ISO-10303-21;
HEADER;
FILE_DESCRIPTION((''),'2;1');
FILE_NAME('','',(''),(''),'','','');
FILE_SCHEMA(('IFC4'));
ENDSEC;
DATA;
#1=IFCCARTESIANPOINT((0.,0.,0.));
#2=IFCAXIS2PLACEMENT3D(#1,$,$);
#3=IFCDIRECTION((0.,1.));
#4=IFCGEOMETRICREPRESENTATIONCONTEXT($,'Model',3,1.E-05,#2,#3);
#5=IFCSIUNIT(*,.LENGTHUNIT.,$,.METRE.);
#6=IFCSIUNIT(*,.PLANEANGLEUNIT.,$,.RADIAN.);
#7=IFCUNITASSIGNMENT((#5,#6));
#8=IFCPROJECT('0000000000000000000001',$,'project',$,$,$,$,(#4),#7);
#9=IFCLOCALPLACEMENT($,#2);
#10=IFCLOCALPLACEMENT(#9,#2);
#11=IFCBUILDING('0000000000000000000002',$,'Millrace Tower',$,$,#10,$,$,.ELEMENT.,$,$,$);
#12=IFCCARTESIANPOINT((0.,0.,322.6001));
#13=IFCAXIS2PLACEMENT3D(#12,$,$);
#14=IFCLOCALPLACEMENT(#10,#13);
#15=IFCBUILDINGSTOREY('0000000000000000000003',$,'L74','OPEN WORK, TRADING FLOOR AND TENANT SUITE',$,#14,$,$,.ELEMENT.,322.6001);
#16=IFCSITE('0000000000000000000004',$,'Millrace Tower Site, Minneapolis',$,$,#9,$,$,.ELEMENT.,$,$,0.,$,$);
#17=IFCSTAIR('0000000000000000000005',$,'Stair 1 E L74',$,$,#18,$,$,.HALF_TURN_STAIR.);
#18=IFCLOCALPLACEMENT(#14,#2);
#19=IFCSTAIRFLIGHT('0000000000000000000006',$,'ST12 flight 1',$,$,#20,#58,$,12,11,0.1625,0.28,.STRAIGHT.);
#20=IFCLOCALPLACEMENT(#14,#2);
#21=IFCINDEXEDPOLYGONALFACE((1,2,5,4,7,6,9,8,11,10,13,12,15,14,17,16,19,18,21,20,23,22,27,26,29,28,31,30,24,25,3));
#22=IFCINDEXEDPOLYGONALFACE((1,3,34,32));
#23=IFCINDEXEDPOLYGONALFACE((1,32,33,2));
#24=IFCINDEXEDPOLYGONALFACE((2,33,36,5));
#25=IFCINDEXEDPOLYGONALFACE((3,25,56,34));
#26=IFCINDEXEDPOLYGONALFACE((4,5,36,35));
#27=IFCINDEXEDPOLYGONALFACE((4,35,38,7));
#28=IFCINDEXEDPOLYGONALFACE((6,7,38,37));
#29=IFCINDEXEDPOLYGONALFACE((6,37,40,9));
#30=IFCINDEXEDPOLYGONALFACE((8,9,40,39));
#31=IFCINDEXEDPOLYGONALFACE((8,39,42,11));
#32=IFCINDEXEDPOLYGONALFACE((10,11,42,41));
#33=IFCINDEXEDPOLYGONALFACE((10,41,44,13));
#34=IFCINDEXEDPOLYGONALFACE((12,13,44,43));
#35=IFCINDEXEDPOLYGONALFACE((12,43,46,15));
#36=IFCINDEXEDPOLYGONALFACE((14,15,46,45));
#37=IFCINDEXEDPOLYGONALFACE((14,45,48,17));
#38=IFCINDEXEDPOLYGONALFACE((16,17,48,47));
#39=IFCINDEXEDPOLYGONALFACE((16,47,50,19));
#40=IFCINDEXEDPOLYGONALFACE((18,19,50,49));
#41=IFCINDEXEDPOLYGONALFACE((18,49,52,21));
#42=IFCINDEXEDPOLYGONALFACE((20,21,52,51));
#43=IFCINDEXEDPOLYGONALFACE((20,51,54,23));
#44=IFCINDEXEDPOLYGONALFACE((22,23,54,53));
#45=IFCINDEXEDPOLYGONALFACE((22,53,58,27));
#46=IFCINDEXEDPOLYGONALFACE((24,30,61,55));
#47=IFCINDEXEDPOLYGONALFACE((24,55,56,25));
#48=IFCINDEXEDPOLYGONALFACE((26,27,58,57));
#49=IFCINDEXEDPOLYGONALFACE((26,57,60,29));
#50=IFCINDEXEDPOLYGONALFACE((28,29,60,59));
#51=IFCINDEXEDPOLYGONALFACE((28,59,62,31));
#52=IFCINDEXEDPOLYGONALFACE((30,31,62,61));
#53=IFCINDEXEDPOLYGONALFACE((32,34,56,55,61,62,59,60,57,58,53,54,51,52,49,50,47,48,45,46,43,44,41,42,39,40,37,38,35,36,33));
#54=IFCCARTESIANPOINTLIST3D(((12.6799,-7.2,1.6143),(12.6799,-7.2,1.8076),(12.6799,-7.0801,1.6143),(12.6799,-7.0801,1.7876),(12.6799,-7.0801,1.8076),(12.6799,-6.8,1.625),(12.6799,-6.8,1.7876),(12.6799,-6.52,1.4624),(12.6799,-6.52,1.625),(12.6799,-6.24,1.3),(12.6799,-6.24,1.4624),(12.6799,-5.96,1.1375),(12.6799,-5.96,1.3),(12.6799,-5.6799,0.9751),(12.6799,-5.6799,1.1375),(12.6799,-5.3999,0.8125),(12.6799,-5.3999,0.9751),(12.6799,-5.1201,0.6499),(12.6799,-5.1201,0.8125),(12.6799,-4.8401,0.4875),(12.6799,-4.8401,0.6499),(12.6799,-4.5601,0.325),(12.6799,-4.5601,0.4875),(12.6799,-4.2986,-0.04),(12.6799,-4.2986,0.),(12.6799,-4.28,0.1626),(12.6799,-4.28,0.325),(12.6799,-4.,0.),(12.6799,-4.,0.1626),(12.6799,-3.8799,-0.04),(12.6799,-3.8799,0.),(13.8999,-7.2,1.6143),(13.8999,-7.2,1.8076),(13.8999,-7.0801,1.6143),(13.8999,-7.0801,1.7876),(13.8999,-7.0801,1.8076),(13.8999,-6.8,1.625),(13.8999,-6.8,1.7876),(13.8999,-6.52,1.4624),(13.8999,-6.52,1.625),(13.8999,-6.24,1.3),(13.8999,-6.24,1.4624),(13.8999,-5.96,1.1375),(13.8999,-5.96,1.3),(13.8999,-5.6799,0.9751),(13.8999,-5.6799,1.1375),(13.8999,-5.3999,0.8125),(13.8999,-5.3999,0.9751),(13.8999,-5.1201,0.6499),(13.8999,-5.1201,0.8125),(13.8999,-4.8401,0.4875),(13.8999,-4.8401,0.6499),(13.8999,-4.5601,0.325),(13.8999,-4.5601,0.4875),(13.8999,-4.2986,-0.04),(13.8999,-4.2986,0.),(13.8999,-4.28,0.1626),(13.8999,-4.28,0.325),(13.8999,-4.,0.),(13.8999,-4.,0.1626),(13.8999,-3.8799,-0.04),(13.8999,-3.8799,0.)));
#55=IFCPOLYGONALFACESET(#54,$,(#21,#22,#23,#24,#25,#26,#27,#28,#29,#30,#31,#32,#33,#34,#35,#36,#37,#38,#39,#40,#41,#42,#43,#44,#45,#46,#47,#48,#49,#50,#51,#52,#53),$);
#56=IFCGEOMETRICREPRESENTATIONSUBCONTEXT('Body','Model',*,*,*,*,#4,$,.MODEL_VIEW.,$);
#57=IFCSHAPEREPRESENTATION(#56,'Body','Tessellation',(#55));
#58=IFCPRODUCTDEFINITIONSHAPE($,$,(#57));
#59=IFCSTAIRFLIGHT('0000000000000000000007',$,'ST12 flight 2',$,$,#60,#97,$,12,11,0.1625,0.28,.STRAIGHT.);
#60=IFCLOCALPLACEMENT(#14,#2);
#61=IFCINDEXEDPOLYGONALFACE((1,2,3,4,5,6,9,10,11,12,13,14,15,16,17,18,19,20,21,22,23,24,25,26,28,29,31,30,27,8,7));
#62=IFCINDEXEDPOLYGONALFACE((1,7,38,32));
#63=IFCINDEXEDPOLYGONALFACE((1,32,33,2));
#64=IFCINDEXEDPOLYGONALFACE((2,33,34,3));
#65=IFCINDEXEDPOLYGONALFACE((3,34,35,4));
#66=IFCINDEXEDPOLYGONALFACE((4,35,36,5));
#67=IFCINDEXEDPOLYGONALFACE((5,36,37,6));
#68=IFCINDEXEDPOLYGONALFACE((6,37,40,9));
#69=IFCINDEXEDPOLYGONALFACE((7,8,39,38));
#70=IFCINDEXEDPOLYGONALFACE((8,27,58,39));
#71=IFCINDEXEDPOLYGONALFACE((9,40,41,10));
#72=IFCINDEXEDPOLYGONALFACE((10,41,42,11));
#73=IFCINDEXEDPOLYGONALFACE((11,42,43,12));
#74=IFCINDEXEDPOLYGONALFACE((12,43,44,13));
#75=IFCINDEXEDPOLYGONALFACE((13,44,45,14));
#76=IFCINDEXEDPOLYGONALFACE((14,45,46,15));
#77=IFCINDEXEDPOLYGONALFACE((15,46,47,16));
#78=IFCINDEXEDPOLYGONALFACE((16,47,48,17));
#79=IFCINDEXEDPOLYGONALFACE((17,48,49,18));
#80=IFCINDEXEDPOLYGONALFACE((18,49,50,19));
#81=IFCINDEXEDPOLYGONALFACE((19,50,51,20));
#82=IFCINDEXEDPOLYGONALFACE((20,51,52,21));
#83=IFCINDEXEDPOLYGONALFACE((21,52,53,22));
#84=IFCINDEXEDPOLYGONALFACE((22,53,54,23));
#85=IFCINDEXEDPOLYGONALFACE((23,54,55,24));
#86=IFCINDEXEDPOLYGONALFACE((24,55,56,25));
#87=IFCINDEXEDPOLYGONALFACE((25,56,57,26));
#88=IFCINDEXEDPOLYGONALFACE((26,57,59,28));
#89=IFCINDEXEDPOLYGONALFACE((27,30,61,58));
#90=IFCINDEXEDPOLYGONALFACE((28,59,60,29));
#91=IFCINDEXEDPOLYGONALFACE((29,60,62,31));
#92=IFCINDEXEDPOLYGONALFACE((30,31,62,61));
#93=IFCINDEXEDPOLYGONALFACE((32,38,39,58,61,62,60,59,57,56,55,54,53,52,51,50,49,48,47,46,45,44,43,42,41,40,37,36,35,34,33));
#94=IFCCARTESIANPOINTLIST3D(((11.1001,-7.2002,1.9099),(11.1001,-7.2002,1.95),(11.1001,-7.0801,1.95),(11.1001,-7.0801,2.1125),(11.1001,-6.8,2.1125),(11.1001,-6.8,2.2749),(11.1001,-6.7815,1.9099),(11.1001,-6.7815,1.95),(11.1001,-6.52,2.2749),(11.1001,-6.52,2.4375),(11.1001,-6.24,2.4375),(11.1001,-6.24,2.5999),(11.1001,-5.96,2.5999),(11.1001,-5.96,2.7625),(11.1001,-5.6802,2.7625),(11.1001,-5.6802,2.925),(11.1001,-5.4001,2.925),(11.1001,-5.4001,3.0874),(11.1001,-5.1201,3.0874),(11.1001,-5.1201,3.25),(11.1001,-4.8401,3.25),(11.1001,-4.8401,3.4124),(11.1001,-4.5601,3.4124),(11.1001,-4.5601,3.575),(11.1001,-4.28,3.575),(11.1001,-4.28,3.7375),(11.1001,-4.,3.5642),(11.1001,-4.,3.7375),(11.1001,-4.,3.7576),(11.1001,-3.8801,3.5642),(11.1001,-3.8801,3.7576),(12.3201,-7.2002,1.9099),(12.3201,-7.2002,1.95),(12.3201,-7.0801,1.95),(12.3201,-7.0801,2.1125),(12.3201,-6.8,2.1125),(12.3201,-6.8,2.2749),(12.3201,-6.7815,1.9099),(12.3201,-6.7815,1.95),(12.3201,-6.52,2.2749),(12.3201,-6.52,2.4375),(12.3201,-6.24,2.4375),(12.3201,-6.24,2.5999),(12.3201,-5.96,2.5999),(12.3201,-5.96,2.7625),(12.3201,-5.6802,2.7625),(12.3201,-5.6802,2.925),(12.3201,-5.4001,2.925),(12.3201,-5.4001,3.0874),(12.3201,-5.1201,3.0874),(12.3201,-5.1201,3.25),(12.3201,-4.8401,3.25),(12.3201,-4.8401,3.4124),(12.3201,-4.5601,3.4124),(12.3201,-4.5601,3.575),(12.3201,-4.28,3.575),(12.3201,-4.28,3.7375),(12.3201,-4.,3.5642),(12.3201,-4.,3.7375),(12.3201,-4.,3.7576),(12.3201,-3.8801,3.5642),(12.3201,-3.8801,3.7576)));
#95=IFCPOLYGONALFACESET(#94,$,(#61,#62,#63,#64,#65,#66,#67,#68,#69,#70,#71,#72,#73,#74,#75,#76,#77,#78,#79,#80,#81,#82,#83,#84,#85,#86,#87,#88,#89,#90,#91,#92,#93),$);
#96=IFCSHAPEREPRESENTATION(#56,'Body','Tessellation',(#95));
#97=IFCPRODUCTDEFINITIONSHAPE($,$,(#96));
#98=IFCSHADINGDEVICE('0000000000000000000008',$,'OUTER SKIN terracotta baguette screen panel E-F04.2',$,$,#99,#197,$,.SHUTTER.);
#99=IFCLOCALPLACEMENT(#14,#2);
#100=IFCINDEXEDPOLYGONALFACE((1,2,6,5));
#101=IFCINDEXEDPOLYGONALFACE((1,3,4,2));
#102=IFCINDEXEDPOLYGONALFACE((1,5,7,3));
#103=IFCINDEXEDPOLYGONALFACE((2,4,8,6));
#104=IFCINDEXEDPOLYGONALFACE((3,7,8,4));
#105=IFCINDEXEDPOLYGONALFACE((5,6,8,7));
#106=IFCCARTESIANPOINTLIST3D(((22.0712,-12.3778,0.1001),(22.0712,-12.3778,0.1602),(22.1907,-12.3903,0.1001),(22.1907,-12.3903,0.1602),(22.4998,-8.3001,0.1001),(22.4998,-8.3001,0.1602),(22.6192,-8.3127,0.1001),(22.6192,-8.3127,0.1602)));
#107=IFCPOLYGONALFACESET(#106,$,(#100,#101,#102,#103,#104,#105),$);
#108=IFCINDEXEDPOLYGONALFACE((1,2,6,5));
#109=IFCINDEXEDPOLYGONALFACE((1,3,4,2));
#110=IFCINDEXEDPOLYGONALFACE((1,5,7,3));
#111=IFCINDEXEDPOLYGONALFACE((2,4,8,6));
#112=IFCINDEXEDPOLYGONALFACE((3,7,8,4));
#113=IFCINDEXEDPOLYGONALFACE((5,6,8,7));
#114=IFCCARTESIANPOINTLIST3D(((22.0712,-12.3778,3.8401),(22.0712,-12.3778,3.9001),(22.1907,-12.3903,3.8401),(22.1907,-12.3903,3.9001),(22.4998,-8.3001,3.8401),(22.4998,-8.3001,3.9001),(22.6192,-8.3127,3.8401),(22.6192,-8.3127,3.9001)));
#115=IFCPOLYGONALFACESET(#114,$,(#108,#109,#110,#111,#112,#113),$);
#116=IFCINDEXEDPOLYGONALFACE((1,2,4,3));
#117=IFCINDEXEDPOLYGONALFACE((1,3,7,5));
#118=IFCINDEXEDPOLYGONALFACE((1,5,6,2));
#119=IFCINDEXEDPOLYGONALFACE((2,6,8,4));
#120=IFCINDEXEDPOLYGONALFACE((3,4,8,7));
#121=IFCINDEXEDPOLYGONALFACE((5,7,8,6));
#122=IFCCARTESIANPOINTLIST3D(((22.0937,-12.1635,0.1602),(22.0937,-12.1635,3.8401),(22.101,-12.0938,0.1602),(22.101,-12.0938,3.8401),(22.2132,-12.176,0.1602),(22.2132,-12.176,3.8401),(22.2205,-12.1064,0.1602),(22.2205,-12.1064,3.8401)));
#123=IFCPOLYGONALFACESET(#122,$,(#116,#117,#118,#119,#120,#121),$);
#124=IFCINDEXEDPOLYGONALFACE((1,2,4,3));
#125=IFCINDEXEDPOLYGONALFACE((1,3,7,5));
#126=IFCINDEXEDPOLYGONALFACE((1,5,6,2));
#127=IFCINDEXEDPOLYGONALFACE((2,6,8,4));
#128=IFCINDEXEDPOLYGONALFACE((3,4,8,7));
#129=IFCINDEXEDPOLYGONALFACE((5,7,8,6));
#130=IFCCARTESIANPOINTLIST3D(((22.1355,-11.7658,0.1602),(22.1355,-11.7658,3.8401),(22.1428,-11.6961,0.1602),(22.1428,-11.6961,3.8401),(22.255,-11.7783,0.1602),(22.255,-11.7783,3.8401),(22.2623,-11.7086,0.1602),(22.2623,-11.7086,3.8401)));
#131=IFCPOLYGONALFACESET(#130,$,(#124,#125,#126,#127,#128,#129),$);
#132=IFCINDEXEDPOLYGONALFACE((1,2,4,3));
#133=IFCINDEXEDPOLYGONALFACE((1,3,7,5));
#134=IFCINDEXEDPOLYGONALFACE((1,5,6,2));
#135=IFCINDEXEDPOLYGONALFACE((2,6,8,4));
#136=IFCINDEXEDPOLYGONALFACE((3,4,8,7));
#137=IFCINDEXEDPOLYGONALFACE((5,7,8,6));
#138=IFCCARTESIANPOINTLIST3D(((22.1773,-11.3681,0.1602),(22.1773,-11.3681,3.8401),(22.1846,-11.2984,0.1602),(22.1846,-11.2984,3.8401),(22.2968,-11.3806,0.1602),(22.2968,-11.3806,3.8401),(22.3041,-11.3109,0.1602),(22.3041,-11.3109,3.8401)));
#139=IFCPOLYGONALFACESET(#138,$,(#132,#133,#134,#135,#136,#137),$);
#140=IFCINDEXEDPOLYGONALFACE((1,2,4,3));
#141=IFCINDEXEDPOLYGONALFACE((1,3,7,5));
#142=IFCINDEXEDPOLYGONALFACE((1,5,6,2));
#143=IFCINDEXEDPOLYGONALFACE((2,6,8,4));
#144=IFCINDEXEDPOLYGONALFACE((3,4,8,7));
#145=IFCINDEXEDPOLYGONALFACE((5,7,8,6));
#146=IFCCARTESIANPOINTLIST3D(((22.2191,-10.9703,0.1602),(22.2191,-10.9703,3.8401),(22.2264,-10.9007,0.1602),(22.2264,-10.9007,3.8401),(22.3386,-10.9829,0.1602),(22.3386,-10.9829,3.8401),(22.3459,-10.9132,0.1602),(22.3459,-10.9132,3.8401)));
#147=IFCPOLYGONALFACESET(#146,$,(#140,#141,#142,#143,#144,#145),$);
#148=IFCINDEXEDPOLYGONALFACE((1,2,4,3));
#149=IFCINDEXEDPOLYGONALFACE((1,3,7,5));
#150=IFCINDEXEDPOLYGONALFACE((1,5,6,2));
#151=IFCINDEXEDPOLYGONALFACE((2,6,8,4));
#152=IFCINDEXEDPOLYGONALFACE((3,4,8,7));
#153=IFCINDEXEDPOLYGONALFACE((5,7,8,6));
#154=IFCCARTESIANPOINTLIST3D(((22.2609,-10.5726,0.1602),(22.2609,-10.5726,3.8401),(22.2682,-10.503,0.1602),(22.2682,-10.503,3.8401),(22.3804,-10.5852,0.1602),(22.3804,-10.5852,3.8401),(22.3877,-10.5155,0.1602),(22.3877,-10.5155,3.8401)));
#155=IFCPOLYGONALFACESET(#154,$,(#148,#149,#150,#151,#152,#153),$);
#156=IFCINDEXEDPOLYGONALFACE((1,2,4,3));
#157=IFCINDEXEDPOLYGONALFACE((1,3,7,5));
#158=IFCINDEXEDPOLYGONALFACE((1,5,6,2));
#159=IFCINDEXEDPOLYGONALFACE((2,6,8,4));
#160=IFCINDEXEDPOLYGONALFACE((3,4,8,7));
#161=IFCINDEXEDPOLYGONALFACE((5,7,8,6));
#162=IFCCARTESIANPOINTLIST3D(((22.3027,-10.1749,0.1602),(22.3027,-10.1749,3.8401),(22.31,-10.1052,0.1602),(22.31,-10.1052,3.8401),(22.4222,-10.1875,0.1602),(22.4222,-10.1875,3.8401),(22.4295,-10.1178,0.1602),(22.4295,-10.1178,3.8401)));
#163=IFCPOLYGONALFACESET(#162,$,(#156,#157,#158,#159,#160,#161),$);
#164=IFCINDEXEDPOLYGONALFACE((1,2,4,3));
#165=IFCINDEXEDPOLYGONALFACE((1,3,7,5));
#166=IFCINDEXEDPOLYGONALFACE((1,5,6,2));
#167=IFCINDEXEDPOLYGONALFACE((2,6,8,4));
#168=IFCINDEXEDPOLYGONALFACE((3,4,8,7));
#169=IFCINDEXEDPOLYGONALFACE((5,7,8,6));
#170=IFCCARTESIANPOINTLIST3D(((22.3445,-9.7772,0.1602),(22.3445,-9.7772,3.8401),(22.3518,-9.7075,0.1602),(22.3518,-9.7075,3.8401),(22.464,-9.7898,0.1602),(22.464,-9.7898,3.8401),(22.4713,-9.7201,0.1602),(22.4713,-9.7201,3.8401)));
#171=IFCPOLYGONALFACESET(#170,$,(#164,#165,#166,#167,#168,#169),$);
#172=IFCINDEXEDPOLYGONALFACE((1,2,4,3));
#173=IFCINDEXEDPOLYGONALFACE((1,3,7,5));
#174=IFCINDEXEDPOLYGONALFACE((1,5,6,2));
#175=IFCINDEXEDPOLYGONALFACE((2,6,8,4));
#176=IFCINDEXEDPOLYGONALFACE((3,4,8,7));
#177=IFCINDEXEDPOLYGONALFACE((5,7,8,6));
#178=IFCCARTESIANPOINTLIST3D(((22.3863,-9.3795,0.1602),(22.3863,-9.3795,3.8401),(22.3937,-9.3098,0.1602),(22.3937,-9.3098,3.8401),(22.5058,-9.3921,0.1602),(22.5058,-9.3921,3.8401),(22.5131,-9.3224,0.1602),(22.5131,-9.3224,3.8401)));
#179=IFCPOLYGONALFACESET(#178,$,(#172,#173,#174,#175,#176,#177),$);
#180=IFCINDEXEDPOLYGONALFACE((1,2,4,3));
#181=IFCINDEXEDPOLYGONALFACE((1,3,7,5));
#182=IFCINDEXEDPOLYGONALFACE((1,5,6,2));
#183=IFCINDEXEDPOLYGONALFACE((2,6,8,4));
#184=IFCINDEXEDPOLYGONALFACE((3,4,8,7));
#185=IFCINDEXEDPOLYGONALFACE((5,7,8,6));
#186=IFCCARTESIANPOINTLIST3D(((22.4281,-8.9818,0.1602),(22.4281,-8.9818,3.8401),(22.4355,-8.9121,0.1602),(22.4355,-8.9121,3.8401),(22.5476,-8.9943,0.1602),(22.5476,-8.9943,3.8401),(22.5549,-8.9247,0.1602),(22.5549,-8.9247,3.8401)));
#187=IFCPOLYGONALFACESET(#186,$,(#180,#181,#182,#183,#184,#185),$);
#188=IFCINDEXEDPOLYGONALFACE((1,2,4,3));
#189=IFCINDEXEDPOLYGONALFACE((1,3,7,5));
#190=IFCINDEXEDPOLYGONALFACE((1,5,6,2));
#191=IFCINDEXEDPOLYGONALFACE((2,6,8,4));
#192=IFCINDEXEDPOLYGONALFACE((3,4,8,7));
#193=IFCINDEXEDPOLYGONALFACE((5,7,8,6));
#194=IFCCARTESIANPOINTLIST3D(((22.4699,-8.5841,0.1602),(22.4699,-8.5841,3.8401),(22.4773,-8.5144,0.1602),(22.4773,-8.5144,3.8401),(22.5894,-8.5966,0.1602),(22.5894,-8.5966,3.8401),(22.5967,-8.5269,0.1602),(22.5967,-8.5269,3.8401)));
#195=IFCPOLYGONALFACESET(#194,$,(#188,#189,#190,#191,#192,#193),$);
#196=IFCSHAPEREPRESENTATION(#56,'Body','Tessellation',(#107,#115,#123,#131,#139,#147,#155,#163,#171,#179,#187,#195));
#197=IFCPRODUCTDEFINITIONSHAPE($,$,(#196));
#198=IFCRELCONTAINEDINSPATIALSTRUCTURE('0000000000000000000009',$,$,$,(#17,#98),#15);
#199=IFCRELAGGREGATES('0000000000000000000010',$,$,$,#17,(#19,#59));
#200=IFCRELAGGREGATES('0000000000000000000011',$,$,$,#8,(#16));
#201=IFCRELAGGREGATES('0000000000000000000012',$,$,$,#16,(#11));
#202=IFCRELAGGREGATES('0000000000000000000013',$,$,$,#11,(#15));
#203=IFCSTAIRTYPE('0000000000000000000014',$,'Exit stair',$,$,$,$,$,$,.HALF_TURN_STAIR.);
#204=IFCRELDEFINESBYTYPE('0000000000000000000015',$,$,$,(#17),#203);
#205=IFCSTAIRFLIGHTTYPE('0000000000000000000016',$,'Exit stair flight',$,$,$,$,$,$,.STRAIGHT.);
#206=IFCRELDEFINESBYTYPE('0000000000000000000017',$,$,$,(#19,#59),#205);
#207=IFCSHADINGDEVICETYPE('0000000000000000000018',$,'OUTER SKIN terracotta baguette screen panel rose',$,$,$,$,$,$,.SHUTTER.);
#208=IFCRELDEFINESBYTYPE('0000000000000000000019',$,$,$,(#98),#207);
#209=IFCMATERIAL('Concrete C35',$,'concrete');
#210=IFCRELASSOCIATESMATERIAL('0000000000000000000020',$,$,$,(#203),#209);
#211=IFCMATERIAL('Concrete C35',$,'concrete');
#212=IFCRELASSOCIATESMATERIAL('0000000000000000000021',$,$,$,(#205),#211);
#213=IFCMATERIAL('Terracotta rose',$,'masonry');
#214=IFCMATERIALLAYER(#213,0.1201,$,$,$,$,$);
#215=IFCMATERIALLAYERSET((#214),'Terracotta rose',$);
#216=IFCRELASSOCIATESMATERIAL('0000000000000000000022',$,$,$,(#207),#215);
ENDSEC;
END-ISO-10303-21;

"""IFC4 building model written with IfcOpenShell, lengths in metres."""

from ifc_helpers import new_model, entity, si_unit, direction, frame, frame_2d, origin, place, context, subcontext, project, spatial, polyline, rectangle, outline, extrude, source, transform, mapped, material, layer, layer_set, type_object, element, aggregate, save


model = new_model("IFC4")

# Units and contexts
model_context = context("Model", 3, precision=1e-05, world=origin(), true_north=direction((0.0, 1.0)))
body_context = subcontext(model_context, "Body", "Model", "MODEL_VIEW")
ifc_project = project(units=[si_unit("LENGTHUNIT", "METRE"), si_unit("PLANEANGLEUNIT", "RADIAN")], contexts=[model_context])

# Site, building, storey
site_placement = place(None, origin())
site = spatial("IfcSite", under=ifc_project, at=site_placement, Name="Millrace Tower Site, Minneapolis", CompositionType="ELEMENT", RefElevation=0.0)
building_placement = place(site_placement, origin())
building = spatial("IfcBuilding", under=site, at=building_placement, Name="Millrace Tower", CompositionType="ELEMENT")
storey_placement = place(building_placement, frame((0.0, 0.0, 322.6001)))
storey = spatial("IfcBuildingStorey", under=building, at=storey_placement, Name="L74", Description="OPEN WORK, TRADING FLOOR AND TENANT SUITE", CompositionType="ELEMENT", Elevation=322.6001)

# Shared definitions
placement = place(storey_placement, origin())

# Stair, stair flights
ifc_material_1 = material(Name="Concrete C35", Category="concrete")
stair_type = type_object("IfcStairType", Name="Exit stair", PredefinedType="HALF_TURN_STAIR", material=ifc_material_1)
stair = element("IfcStair", 1, at=placement, inside=storey, type_object=stair_type, Name="Stair 1 E L74", PredefinedType="HALF_TURN_STAIR")
ifc_material_2 = material(Name="Concrete C35", Category="concrete")
stair_flight_type = type_object("IfcStairFlightType", Name="Exit stair flight", PredefinedType="STRAIGHT", material=ifc_material_2)
stair_flight_1_placement = place(storey_placement, frame((13.29, -4.0, 0.0), z_axis=(0.0, 0.0, 1.0), x_axis=(0.0, -1.0, 0.0)))
stair_flight_1 = element("IfcStairFlight", 2, at=stair_flight_1_placement, type_object=stair_flight_type, Name="ST12 flight 1", NumberOfRisers=12, NumberOfTreads=11, PredefinedType="STRAIGHT", RiserHeight=0.1625, TreadLength=0.28, context=body_context, shape_type="SweptSolid", body=[
    extrude(outline(polyline([(-0.1201, -0.04), (-0.1201, 0.0), (0.0, 0.0), (0.0, 0.1626), (0.28, 0.1626), (0.28, 0.325), (0.5601, 0.325), (0.5601, 0.4875), (0.8401, 0.4875), (0.8401, 0.6499), (1.1201, 0.6499), (1.1201, 0.8125), (1.3999, 0.8125), (1.3999, 0.9751), (1.6799, 0.9751), (1.6799, 1.1375), (1.96, 1.1375), (1.96, 1.3), (2.24, 1.3), (2.24, 1.4624), (2.52, 1.4624), (2.52, 1.625), (2.8, 1.625), (2.8, 1.7876), (3.0801, 1.7876), (3.0801, 1.8076), (3.2, 1.8076), (3.2, 1.6143), (3.0801, 1.6143), (0.2986, 0.0), (0.2986, -0.04), (-0.1201, -0.04)])), frame((0.0, 0.6099, 0.0), z_axis=(0.0, -1.0, 0.0), x_axis=(1.0, 0.0, 0.0)), (0.0, 0.0, 1.0), 1.22),
])
stair_flight_2_placement = place(storey_placement, frame((11.71, -7.0801, 1.95), z_axis=(0.0, 0.0, 1.0), x_axis=(0.0, 1.0, 0.0)))
stair_flight_2 = element("IfcStairFlight", 3, at=stair_flight_2_placement, type_object=stair_flight_type, Name="ST12 flight 2", NumberOfRisers=12, NumberOfTreads=11, PredefinedType="STRAIGHT", RiserHeight=0.1625, TreadLength=0.28, context=body_context, shape_type="SweptSolid", body=[
    extrude(outline(polyline([(-0.1201, -0.04), (-0.1201, 0.0), (0.0, 0.0), (0.0, 0.1626), (0.28, 0.1626), (0.28, 0.325), (0.5601, 0.325), (0.5601, 0.4875), (0.8401, 0.4875), (0.8401, 0.6499), (1.1201, 0.6499), (1.1201, 0.8125), (1.3999, 0.8125), (1.3999, 0.9751), (1.6799, 0.9751), (1.6799, 1.1375), (1.96, 1.1375), (1.96, 1.3), (2.24, 1.3), (2.24, 1.4624), (2.52, 1.4624), (2.52, 1.625), (2.8, 1.625), (2.8, 1.7876), (3.0801, 1.7876), (3.0801, 1.8076), (3.2, 1.8076), (3.2, 1.6143), (3.0801, 1.6143), (0.2986, 0.0), (0.2986, -0.04), (-0.1201, -0.04)])), frame((0.0, 0.6099, 0.0), z_axis=(0.0, -1.0, 0.0), x_axis=(1.0, 0.0, 0.0)), (0.0, 0.0, 1.0), 1.22),
])
aggregate(stair, [stair_flight_1, stair_flight_2])

# Shading device
ifc_material_3 = material(Name="Terracotta rose", Category="masonry")
ifc_layer_1 = layer(ifc_material_3, 0.1201)
ifc_layer_set_1 = layer_set([ifc_layer_1], Name="Terracotta rose")
shading_device_type = type_object("IfcShadingDeviceType", Name="OUTER SKIN terracotta baguette screen panel rose", PredefinedType="SHUTTER", material=ifc_layer_set_1)
cartesian_point = entity("IfcCartesianPoint", [-2.05, 0.0601])
shared_polyline = entity("IfcPolyline", [cartesian_point, entity("IfcCartesianPoint", [2.05, 0.0601]), entity("IfcCartesianPoint", [2.05, -0.0601]), entity("IfcCartesianPoint", [-2.05, -0.0601]), cartesian_point])
shared_shape = source(origin(), body_context, "Body", "SweptSolid", [
    entity("IfcExtrudedAreaSolid", entity("IfcArbitraryClosedProfileDef", "AREA", None, shared_polyline), entity("IfcAxis2Placement3D", entity("IfcCartesianPoint", [0.0, 0.0, 0.0])), entity("IfcDirection", [0.0, 0.0, 1.0]), 0.0601),
    entity("IfcExtrudedAreaSolid", entity("IfcArbitraryClosedProfileDef", "AREA", None, shared_polyline), entity("IfcAxis2Placement3D", entity("IfcCartesianPoint", [0.0, 0.0, 3.74])), entity("IfcDirection", [0.0, 0.0, 1.0]), 0.0601),
    extrude(rectangle(XDim=0.0701, YDim=0.1201, at=frame_2d((-1.7996, 0.0))), frame((0.0, 0.0, 0.0601)), (0.0, 0.0, 1.0), 3.6799),
    extrude(rectangle(XDim=0.0701, YDim=0.1201, at=frame_2d((-1.3997, 0.0))), frame((0.0, 0.0, 0.0601)), (0.0, 0.0, 1.0), 3.6799),
    extrude(rectangle(XDim=0.0701, YDim=0.1201, at=frame_2d((-0.9998, 0.0))), frame((0.0, 0.0, 0.0601)), (0.0, 0.0, 1.0), 3.6799),
    extrude(rectangle(XDim=0.0701, YDim=0.1201, at=frame_2d((-0.5999, 0.0))), frame((0.0, 0.0, 0.0601)), (0.0, 0.0, 1.0), 3.6799),
    extrude(rectangle(XDim=0.0701, YDim=0.1201, at=frame_2d((-0.2, 0.0))), frame((0.0, 0.0, 0.0601)), (0.0, 0.0, 1.0), 3.6799),
    extrude(rectangle(XDim=0.0701, YDim=0.1201, at=frame_2d((0.2, 0.0))), frame((0.0, 0.0, 0.0601)), (0.0, 0.0, 1.0), 3.6799),
    extrude(rectangle(XDim=0.0701, YDim=0.1201, at=frame_2d((0.5999, 0.0))), frame((0.0, 0.0, 0.0601)), (0.0, 0.0, 1.0), 3.6799),
    extrude(rectangle(XDim=0.0701, YDim=0.1201, at=frame_2d((0.9998, 0.0))), frame((0.0, 0.0, 0.0601)), (0.0, 0.0, 1.0), 3.6799),
    extrude(rectangle(XDim=0.0701, YDim=0.1201, at=frame_2d((1.3997, 0.0))), frame((0.0, 0.0, 0.0601)), (0.0, 0.0, 1.0), 3.6799),
    extrude(rectangle(XDim=0.0701, YDim=0.1201, at=frame_2d((1.7996, 0.0))), frame((0.0, 0.0, 0.0601)), (0.0, 0.0, 1.0), 3.6799),
])
for number, where, z_axis, x_axis, name in (
    (4, (22.3452, -10.3452, 0.1001), (0.0, 0.0, 1.0), (0.104528, 0.994522, 0.0), "OUTER SKIN terracotta baguette screen panel E-F04.2"),
):
    element("IfcShadingDevice", number, at=place(storey_placement, frame(where, z_axis=z_axis, x_axis=x_axis)), inside=storey, type_object=shading_device_type, Name=name, PredefinedType="SHUTTER", context=body_context, shape_type="MappedRepresentation", body=[
        mapped(shared_shape, transform((0.0, 0.0, 0.0), scale=1.0)),
    ])

save(model, "model.ifc")
